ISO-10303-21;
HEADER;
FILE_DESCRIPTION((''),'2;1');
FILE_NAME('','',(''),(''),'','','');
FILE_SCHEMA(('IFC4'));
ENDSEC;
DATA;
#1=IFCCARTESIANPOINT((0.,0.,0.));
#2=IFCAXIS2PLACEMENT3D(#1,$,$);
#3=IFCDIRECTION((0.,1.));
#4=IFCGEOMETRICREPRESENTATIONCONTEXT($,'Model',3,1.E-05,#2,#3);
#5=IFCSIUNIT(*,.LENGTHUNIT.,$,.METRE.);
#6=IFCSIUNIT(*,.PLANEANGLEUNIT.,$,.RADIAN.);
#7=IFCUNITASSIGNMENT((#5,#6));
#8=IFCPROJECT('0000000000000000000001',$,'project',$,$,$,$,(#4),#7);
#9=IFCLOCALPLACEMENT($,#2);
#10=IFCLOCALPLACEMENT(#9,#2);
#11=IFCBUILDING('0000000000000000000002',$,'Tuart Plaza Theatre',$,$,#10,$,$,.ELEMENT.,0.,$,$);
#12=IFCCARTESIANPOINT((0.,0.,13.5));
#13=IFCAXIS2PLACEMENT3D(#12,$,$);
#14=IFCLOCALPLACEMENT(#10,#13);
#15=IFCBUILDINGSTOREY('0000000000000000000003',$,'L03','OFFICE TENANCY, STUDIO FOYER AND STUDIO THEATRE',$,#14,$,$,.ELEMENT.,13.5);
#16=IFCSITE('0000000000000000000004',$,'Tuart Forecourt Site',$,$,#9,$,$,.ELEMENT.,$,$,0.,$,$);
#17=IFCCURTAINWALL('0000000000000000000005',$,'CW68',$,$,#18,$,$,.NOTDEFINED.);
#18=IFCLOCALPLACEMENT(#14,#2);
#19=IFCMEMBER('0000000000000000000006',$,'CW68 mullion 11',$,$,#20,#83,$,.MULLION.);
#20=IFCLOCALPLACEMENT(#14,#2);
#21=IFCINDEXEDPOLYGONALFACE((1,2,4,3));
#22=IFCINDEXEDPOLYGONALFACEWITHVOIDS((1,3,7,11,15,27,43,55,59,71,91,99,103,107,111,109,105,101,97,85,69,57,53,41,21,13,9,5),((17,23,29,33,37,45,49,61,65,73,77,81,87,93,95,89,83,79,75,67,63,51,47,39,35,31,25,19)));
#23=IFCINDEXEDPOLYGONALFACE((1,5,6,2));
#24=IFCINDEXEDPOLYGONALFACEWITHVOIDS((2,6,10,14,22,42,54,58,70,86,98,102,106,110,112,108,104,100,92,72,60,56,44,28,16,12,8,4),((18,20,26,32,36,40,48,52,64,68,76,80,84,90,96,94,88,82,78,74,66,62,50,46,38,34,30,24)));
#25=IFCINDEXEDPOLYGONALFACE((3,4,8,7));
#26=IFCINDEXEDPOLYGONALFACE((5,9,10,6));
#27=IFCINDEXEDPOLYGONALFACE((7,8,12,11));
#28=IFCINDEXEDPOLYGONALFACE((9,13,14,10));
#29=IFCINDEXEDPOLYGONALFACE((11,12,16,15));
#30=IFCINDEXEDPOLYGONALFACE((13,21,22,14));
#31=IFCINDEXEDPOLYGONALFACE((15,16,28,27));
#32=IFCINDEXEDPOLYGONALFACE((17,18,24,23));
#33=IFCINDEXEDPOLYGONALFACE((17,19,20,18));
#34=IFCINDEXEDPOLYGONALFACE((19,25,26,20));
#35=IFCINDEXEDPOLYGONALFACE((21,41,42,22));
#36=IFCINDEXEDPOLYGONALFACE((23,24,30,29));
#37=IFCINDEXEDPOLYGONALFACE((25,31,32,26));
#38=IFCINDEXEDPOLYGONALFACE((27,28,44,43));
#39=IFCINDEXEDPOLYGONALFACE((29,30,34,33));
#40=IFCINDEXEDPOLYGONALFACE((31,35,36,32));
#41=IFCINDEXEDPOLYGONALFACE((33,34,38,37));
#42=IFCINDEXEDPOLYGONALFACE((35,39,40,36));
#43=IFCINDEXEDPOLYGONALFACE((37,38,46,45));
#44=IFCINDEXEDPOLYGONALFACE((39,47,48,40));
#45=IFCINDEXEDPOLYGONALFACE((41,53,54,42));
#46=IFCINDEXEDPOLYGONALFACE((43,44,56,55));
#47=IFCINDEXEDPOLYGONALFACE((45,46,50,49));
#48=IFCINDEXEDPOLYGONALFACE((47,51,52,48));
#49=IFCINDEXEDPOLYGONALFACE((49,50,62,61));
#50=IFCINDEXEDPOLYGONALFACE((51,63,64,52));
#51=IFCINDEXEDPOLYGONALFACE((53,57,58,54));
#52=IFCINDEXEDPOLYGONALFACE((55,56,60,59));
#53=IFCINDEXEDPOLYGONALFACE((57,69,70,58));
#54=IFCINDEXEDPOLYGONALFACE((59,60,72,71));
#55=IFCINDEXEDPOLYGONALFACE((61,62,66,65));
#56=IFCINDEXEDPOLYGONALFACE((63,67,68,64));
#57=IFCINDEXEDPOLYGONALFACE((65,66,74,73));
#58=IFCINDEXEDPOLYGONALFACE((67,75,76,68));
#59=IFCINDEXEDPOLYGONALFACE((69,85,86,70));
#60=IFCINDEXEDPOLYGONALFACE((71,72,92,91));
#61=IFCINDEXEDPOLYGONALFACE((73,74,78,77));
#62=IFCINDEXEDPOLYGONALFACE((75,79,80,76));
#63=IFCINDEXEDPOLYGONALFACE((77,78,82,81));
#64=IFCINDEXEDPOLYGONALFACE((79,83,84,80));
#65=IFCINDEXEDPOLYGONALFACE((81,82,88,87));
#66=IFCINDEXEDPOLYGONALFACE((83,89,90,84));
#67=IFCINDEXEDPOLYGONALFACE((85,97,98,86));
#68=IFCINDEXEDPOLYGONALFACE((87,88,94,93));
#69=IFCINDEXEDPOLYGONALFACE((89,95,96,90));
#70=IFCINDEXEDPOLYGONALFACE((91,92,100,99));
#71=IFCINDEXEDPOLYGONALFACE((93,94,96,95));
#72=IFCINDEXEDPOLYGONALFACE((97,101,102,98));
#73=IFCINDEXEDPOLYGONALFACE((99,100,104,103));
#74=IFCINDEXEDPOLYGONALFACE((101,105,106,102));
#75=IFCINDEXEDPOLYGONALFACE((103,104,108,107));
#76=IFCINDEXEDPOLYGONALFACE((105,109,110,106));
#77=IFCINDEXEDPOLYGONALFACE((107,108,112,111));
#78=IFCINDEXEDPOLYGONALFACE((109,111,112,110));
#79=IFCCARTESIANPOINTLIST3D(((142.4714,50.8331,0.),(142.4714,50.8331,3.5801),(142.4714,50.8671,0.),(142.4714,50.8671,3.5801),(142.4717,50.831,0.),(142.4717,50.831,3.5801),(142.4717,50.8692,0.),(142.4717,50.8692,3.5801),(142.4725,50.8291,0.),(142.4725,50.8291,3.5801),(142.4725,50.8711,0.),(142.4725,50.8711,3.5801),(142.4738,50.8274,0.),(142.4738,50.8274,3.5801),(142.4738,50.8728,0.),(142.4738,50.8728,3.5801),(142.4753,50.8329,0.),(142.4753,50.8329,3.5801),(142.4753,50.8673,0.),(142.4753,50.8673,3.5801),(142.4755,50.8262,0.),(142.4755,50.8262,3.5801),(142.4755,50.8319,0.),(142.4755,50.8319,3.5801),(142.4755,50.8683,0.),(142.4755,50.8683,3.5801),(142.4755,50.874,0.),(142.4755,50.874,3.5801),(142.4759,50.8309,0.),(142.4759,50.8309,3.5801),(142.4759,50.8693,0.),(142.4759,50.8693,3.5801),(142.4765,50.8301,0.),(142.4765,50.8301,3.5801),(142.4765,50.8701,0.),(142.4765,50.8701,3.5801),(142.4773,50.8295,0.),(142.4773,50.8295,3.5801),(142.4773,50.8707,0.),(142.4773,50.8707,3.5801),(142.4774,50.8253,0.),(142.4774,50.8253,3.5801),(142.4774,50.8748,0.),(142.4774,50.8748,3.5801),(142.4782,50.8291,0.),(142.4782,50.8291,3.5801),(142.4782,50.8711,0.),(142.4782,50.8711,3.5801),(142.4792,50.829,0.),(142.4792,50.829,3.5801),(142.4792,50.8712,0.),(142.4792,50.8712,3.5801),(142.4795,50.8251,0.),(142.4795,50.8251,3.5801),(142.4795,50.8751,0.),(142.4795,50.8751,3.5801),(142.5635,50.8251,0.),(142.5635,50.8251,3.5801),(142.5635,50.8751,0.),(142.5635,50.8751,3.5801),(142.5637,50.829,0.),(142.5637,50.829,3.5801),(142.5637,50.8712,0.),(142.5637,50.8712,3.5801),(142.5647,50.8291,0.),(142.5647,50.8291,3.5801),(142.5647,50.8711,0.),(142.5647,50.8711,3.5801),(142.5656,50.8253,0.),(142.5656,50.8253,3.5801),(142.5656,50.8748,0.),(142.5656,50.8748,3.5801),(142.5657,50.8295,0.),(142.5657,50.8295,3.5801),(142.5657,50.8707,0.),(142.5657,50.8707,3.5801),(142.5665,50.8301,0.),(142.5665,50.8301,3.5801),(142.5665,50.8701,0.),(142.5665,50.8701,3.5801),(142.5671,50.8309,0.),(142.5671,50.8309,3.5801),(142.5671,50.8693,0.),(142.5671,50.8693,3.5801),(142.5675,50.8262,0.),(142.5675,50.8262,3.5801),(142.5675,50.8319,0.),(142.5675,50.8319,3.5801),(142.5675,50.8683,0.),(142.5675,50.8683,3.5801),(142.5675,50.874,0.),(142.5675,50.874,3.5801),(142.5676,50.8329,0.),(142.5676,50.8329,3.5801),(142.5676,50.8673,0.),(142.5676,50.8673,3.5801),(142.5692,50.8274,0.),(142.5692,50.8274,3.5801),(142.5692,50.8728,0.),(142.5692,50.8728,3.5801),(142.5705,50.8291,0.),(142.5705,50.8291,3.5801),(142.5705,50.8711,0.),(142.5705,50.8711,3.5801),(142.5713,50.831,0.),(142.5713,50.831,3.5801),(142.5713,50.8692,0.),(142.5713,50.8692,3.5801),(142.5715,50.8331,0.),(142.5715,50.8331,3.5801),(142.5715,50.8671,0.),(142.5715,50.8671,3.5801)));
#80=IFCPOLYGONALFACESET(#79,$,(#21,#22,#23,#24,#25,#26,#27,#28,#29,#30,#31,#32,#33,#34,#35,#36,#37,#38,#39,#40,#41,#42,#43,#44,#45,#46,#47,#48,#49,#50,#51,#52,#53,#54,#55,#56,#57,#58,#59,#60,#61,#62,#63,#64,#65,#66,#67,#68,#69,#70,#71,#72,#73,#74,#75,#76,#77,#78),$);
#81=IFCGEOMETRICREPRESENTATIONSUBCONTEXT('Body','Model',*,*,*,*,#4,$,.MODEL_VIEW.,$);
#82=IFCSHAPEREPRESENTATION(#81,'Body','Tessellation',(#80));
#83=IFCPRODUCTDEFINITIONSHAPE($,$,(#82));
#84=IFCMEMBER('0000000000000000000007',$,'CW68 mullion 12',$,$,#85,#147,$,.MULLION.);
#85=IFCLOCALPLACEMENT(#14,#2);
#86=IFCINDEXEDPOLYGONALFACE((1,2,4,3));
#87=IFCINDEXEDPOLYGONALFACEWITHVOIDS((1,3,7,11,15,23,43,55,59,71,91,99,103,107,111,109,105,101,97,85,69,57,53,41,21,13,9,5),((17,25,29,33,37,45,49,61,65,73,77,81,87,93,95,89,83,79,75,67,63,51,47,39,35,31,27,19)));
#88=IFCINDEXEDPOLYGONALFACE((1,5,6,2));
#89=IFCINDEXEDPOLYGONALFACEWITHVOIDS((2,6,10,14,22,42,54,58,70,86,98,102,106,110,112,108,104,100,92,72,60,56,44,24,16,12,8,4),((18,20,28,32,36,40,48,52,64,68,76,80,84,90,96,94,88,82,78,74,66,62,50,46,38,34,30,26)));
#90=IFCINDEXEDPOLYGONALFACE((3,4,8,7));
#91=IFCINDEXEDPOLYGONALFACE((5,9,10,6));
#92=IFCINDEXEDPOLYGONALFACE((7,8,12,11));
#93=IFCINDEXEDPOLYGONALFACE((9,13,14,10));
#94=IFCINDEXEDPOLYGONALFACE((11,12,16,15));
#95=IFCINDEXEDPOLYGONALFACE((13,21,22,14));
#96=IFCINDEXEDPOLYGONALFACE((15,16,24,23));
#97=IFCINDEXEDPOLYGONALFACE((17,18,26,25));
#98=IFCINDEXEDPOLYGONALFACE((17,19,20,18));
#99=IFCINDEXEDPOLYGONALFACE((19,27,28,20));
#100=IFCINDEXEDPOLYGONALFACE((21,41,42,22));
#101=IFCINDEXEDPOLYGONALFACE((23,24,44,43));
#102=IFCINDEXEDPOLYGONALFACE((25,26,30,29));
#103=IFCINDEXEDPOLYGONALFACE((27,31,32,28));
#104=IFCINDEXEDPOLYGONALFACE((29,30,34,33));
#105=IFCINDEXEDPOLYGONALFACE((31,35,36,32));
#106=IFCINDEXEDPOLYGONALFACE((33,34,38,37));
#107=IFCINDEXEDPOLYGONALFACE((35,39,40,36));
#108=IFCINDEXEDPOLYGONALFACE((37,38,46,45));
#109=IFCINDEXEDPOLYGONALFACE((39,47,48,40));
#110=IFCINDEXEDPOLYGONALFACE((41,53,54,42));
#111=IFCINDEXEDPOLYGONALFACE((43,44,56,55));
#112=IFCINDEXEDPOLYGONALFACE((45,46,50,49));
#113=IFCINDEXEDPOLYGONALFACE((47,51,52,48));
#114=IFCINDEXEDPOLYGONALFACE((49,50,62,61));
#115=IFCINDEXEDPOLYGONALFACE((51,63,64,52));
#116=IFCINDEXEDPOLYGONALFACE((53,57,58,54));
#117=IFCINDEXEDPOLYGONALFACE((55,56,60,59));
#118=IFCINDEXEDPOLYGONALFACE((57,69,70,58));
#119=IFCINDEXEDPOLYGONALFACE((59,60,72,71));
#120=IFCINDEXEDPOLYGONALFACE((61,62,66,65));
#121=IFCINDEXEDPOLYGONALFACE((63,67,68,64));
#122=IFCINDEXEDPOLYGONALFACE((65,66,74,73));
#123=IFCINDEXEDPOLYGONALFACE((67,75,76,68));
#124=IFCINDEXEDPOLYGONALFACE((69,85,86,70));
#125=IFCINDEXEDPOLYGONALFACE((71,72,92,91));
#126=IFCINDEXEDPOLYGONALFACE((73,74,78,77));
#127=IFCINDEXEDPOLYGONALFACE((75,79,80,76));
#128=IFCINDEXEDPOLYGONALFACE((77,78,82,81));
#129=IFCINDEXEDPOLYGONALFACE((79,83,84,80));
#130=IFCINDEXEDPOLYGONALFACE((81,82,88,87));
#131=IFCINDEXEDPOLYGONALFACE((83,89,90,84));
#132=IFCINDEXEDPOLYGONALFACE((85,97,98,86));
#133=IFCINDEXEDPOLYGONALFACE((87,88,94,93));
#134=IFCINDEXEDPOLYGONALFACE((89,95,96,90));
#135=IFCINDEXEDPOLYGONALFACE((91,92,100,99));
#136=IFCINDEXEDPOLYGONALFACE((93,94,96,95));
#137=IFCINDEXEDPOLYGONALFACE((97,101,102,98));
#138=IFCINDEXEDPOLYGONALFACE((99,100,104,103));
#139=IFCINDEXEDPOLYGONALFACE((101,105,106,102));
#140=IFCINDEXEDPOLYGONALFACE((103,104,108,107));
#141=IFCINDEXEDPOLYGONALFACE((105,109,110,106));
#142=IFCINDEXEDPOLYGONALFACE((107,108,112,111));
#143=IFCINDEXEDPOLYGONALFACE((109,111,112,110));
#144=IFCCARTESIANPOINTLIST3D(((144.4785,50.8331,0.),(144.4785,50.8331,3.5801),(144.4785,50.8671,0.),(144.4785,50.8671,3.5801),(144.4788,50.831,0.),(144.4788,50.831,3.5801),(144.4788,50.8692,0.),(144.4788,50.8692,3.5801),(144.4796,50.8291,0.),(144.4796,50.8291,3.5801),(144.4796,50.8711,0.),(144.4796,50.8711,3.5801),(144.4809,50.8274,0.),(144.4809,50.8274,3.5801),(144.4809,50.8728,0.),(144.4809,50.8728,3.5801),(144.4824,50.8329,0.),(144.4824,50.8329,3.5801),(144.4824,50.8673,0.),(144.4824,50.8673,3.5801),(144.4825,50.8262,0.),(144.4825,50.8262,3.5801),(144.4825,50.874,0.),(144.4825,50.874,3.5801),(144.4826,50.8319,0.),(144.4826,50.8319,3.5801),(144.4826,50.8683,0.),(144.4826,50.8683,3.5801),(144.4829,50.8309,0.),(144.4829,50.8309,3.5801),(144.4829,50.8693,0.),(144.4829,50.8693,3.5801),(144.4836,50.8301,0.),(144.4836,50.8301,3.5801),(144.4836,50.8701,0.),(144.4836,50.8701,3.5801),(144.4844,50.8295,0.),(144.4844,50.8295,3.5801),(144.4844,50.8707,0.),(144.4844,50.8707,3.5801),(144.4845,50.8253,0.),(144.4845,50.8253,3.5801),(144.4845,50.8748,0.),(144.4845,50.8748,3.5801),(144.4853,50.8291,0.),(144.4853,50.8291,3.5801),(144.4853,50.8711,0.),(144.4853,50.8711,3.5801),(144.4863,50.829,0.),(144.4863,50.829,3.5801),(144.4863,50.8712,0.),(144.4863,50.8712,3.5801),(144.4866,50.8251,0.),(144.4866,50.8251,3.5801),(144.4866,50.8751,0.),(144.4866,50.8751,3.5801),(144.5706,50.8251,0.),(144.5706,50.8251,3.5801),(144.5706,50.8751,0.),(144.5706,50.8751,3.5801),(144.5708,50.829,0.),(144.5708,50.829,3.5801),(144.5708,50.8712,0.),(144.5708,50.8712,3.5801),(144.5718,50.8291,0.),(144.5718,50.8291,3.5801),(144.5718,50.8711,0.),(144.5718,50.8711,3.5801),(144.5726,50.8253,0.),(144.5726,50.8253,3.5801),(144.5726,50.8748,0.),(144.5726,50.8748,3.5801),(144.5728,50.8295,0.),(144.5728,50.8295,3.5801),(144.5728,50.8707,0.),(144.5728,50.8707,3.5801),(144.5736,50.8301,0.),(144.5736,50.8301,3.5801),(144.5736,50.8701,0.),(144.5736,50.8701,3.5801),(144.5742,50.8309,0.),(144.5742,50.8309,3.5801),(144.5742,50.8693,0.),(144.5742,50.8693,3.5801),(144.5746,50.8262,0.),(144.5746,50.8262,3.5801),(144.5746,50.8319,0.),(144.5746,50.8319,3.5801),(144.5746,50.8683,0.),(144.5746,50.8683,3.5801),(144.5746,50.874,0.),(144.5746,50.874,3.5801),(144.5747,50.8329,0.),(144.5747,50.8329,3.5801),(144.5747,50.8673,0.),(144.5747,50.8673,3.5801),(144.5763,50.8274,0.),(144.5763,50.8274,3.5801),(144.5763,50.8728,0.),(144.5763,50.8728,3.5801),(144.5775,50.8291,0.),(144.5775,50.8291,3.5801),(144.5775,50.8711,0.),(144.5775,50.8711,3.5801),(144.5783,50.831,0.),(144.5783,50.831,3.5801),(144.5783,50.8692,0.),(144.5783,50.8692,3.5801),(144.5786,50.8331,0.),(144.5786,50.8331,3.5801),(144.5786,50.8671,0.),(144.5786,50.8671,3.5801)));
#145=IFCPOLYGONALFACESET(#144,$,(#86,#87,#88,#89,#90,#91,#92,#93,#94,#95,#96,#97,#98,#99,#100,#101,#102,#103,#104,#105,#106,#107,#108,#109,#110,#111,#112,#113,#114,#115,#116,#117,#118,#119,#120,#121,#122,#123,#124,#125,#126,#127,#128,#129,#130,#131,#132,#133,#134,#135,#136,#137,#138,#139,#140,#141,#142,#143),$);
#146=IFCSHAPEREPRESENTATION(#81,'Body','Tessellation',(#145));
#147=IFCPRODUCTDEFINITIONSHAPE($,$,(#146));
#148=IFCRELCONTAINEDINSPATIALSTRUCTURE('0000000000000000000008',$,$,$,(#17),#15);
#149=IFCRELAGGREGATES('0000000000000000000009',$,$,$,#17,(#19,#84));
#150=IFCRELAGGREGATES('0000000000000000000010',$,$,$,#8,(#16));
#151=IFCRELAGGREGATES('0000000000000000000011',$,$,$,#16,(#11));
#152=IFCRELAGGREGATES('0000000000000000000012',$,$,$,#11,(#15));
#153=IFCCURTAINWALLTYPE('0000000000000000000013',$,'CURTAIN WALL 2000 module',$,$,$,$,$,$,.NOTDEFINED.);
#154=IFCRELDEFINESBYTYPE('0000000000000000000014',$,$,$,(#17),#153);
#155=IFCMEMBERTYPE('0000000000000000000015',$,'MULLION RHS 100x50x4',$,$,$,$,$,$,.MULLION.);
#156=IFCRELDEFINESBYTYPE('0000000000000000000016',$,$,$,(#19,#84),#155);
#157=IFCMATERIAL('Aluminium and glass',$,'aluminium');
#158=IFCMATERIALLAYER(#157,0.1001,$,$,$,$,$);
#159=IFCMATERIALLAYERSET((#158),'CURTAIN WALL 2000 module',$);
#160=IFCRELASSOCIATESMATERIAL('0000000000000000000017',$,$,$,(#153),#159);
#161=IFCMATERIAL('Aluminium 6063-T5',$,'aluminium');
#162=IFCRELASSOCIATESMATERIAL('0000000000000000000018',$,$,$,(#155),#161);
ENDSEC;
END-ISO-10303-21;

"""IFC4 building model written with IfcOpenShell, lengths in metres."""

from ifc_helpers import new_model, si_unit, direction, frame, origin, origin_2d, place, context, subcontext, project, spatial, hollow_rectangle, extrude, material, layer, layer_set, material_profile, profile_set, type_object, element, aggregate, save


model = new_model("IFC4")

# Units and contexts
model_context = context("Model", 3, precision=1e-05, world=origin(), true_north=direction((0.0, 1.0)))
body_context = subcontext(model_context, "Body", "Model", "MODEL_VIEW")
ifc_project = project(units=[si_unit("LENGTHUNIT", "METRE"), si_unit("PLANEANGLEUNIT", "RADIAN")], contexts=[model_context])

# Site, building, storey
site_placement = place(None, origin())
site = spatial("IfcSite", under=ifc_project, at=site_placement, Name="Tuart Forecourt Site", CompositionType="ELEMENT", RefElevation=0.0)
building_placement = place(site_placement, origin())
building = spatial("IfcBuilding", under=site, at=building_placement, Name="Tuart Plaza Theatre", CompositionType="ELEMENT", ElevationOfRefHeight=0.0)
storey_placement = place(building_placement, frame((0.0, 0.0, 13.5)))
storey = spatial("IfcBuildingStorey", under=building, at=storey_placement, Name="L03", Description="OFFICE TENANCY, STUDIO FOYER AND STUDIO THEATRE", CompositionType="ELEMENT", Elevation=13.5)

# Curtain wall, members
ifc_material_1 = material(Name="Aluminium and glass", Category="aluminium")
ifc_layer_1 = layer(ifc_material_1, 0.1001)
ifc_layer_set_1 = layer_set([ifc_layer_1], Name="CURTAIN WALL 2000 module")
curtain_wall_type = type_object("IfcCurtainWallType", Name="CURTAIN WALL 2000 module", PredefinedType="NOTDEFINED", material=ifc_layer_set_1)
curtain_wall_placement = place(storey_placement, origin())
curtain_wall = element("IfcCurtainWall", 1, at=curtain_wall_placement, inside=storey, type_object=curtain_wall_type, Name="CW68", PredefinedType="NOTDEFINED")
ifc_material_2 = material(Name="Aluminium 6063-T5", Category="aluminium")
ifc_material_profile_1 = material_profile(ifc_material_2, hollow_rectangle(XDim=0.05, YDim=0.1001, WallThickness=0.0039, InnerFilletRadius=0.0039, OuterFilletRadius=0.0081, at=origin_2d()), Name="RHS 100x50x4")
ifc_profile_set_1 = profile_set([ifc_material_profile_1], Name="Aluminium 6063-T5")
member_type_1 = type_object("IfcMemberType", Name="MULLION RHS 100x50x4", PredefinedType="MULLION", material=ifc_profile_set_1)
member_1_placement = place(storey_placement, frame((142.5215, 50.8501, 0.0), z_axis=(0.0, 0.0, 1.0), x_axis=(0.0, 1.0, 0.0)))
member_1 = element("IfcMember", 2, at=member_1_placement, type_object=member_type_1, Name="CW68 mullion 11", PredefinedType="MULLION", context=body_context, shape_type="SweptSolid", body=[
    extrude(hollow_rectangle(XDim=0.05, YDim=0.1001, WallThickness=0.0039, InnerFilletRadius=0.0039, OuterFilletRadius=0.0081, at=origin_2d()), origin(), (0.0, 0.0, 1.0), 3.5801),
])
member_2_placement = place(storey_placement, frame((144.5286, 50.8501, 0.0), z_axis=(0.0, 0.0, 1.0), x_axis=(0.0, 1.0, 0.0)))
member_2 = element("IfcMember", 3, at=member_2_placement, type_object=member_type_1, Name="CW68 mullion 12", PredefinedType="MULLION", context=body_context, shape_type="SweptSolid", body=[
    extrude(hollow_rectangle(XDim=0.05, YDim=0.1001, WallThickness=0.0039, InnerFilletRadius=0.0039, OuterFilletRadius=0.0081, at=origin_2d()), origin(), (0.0, 0.0, 1.0), 3.5801),
])
aggregate(curtain_wall, [member_1, member_2])

save(model, "model.ifc")
